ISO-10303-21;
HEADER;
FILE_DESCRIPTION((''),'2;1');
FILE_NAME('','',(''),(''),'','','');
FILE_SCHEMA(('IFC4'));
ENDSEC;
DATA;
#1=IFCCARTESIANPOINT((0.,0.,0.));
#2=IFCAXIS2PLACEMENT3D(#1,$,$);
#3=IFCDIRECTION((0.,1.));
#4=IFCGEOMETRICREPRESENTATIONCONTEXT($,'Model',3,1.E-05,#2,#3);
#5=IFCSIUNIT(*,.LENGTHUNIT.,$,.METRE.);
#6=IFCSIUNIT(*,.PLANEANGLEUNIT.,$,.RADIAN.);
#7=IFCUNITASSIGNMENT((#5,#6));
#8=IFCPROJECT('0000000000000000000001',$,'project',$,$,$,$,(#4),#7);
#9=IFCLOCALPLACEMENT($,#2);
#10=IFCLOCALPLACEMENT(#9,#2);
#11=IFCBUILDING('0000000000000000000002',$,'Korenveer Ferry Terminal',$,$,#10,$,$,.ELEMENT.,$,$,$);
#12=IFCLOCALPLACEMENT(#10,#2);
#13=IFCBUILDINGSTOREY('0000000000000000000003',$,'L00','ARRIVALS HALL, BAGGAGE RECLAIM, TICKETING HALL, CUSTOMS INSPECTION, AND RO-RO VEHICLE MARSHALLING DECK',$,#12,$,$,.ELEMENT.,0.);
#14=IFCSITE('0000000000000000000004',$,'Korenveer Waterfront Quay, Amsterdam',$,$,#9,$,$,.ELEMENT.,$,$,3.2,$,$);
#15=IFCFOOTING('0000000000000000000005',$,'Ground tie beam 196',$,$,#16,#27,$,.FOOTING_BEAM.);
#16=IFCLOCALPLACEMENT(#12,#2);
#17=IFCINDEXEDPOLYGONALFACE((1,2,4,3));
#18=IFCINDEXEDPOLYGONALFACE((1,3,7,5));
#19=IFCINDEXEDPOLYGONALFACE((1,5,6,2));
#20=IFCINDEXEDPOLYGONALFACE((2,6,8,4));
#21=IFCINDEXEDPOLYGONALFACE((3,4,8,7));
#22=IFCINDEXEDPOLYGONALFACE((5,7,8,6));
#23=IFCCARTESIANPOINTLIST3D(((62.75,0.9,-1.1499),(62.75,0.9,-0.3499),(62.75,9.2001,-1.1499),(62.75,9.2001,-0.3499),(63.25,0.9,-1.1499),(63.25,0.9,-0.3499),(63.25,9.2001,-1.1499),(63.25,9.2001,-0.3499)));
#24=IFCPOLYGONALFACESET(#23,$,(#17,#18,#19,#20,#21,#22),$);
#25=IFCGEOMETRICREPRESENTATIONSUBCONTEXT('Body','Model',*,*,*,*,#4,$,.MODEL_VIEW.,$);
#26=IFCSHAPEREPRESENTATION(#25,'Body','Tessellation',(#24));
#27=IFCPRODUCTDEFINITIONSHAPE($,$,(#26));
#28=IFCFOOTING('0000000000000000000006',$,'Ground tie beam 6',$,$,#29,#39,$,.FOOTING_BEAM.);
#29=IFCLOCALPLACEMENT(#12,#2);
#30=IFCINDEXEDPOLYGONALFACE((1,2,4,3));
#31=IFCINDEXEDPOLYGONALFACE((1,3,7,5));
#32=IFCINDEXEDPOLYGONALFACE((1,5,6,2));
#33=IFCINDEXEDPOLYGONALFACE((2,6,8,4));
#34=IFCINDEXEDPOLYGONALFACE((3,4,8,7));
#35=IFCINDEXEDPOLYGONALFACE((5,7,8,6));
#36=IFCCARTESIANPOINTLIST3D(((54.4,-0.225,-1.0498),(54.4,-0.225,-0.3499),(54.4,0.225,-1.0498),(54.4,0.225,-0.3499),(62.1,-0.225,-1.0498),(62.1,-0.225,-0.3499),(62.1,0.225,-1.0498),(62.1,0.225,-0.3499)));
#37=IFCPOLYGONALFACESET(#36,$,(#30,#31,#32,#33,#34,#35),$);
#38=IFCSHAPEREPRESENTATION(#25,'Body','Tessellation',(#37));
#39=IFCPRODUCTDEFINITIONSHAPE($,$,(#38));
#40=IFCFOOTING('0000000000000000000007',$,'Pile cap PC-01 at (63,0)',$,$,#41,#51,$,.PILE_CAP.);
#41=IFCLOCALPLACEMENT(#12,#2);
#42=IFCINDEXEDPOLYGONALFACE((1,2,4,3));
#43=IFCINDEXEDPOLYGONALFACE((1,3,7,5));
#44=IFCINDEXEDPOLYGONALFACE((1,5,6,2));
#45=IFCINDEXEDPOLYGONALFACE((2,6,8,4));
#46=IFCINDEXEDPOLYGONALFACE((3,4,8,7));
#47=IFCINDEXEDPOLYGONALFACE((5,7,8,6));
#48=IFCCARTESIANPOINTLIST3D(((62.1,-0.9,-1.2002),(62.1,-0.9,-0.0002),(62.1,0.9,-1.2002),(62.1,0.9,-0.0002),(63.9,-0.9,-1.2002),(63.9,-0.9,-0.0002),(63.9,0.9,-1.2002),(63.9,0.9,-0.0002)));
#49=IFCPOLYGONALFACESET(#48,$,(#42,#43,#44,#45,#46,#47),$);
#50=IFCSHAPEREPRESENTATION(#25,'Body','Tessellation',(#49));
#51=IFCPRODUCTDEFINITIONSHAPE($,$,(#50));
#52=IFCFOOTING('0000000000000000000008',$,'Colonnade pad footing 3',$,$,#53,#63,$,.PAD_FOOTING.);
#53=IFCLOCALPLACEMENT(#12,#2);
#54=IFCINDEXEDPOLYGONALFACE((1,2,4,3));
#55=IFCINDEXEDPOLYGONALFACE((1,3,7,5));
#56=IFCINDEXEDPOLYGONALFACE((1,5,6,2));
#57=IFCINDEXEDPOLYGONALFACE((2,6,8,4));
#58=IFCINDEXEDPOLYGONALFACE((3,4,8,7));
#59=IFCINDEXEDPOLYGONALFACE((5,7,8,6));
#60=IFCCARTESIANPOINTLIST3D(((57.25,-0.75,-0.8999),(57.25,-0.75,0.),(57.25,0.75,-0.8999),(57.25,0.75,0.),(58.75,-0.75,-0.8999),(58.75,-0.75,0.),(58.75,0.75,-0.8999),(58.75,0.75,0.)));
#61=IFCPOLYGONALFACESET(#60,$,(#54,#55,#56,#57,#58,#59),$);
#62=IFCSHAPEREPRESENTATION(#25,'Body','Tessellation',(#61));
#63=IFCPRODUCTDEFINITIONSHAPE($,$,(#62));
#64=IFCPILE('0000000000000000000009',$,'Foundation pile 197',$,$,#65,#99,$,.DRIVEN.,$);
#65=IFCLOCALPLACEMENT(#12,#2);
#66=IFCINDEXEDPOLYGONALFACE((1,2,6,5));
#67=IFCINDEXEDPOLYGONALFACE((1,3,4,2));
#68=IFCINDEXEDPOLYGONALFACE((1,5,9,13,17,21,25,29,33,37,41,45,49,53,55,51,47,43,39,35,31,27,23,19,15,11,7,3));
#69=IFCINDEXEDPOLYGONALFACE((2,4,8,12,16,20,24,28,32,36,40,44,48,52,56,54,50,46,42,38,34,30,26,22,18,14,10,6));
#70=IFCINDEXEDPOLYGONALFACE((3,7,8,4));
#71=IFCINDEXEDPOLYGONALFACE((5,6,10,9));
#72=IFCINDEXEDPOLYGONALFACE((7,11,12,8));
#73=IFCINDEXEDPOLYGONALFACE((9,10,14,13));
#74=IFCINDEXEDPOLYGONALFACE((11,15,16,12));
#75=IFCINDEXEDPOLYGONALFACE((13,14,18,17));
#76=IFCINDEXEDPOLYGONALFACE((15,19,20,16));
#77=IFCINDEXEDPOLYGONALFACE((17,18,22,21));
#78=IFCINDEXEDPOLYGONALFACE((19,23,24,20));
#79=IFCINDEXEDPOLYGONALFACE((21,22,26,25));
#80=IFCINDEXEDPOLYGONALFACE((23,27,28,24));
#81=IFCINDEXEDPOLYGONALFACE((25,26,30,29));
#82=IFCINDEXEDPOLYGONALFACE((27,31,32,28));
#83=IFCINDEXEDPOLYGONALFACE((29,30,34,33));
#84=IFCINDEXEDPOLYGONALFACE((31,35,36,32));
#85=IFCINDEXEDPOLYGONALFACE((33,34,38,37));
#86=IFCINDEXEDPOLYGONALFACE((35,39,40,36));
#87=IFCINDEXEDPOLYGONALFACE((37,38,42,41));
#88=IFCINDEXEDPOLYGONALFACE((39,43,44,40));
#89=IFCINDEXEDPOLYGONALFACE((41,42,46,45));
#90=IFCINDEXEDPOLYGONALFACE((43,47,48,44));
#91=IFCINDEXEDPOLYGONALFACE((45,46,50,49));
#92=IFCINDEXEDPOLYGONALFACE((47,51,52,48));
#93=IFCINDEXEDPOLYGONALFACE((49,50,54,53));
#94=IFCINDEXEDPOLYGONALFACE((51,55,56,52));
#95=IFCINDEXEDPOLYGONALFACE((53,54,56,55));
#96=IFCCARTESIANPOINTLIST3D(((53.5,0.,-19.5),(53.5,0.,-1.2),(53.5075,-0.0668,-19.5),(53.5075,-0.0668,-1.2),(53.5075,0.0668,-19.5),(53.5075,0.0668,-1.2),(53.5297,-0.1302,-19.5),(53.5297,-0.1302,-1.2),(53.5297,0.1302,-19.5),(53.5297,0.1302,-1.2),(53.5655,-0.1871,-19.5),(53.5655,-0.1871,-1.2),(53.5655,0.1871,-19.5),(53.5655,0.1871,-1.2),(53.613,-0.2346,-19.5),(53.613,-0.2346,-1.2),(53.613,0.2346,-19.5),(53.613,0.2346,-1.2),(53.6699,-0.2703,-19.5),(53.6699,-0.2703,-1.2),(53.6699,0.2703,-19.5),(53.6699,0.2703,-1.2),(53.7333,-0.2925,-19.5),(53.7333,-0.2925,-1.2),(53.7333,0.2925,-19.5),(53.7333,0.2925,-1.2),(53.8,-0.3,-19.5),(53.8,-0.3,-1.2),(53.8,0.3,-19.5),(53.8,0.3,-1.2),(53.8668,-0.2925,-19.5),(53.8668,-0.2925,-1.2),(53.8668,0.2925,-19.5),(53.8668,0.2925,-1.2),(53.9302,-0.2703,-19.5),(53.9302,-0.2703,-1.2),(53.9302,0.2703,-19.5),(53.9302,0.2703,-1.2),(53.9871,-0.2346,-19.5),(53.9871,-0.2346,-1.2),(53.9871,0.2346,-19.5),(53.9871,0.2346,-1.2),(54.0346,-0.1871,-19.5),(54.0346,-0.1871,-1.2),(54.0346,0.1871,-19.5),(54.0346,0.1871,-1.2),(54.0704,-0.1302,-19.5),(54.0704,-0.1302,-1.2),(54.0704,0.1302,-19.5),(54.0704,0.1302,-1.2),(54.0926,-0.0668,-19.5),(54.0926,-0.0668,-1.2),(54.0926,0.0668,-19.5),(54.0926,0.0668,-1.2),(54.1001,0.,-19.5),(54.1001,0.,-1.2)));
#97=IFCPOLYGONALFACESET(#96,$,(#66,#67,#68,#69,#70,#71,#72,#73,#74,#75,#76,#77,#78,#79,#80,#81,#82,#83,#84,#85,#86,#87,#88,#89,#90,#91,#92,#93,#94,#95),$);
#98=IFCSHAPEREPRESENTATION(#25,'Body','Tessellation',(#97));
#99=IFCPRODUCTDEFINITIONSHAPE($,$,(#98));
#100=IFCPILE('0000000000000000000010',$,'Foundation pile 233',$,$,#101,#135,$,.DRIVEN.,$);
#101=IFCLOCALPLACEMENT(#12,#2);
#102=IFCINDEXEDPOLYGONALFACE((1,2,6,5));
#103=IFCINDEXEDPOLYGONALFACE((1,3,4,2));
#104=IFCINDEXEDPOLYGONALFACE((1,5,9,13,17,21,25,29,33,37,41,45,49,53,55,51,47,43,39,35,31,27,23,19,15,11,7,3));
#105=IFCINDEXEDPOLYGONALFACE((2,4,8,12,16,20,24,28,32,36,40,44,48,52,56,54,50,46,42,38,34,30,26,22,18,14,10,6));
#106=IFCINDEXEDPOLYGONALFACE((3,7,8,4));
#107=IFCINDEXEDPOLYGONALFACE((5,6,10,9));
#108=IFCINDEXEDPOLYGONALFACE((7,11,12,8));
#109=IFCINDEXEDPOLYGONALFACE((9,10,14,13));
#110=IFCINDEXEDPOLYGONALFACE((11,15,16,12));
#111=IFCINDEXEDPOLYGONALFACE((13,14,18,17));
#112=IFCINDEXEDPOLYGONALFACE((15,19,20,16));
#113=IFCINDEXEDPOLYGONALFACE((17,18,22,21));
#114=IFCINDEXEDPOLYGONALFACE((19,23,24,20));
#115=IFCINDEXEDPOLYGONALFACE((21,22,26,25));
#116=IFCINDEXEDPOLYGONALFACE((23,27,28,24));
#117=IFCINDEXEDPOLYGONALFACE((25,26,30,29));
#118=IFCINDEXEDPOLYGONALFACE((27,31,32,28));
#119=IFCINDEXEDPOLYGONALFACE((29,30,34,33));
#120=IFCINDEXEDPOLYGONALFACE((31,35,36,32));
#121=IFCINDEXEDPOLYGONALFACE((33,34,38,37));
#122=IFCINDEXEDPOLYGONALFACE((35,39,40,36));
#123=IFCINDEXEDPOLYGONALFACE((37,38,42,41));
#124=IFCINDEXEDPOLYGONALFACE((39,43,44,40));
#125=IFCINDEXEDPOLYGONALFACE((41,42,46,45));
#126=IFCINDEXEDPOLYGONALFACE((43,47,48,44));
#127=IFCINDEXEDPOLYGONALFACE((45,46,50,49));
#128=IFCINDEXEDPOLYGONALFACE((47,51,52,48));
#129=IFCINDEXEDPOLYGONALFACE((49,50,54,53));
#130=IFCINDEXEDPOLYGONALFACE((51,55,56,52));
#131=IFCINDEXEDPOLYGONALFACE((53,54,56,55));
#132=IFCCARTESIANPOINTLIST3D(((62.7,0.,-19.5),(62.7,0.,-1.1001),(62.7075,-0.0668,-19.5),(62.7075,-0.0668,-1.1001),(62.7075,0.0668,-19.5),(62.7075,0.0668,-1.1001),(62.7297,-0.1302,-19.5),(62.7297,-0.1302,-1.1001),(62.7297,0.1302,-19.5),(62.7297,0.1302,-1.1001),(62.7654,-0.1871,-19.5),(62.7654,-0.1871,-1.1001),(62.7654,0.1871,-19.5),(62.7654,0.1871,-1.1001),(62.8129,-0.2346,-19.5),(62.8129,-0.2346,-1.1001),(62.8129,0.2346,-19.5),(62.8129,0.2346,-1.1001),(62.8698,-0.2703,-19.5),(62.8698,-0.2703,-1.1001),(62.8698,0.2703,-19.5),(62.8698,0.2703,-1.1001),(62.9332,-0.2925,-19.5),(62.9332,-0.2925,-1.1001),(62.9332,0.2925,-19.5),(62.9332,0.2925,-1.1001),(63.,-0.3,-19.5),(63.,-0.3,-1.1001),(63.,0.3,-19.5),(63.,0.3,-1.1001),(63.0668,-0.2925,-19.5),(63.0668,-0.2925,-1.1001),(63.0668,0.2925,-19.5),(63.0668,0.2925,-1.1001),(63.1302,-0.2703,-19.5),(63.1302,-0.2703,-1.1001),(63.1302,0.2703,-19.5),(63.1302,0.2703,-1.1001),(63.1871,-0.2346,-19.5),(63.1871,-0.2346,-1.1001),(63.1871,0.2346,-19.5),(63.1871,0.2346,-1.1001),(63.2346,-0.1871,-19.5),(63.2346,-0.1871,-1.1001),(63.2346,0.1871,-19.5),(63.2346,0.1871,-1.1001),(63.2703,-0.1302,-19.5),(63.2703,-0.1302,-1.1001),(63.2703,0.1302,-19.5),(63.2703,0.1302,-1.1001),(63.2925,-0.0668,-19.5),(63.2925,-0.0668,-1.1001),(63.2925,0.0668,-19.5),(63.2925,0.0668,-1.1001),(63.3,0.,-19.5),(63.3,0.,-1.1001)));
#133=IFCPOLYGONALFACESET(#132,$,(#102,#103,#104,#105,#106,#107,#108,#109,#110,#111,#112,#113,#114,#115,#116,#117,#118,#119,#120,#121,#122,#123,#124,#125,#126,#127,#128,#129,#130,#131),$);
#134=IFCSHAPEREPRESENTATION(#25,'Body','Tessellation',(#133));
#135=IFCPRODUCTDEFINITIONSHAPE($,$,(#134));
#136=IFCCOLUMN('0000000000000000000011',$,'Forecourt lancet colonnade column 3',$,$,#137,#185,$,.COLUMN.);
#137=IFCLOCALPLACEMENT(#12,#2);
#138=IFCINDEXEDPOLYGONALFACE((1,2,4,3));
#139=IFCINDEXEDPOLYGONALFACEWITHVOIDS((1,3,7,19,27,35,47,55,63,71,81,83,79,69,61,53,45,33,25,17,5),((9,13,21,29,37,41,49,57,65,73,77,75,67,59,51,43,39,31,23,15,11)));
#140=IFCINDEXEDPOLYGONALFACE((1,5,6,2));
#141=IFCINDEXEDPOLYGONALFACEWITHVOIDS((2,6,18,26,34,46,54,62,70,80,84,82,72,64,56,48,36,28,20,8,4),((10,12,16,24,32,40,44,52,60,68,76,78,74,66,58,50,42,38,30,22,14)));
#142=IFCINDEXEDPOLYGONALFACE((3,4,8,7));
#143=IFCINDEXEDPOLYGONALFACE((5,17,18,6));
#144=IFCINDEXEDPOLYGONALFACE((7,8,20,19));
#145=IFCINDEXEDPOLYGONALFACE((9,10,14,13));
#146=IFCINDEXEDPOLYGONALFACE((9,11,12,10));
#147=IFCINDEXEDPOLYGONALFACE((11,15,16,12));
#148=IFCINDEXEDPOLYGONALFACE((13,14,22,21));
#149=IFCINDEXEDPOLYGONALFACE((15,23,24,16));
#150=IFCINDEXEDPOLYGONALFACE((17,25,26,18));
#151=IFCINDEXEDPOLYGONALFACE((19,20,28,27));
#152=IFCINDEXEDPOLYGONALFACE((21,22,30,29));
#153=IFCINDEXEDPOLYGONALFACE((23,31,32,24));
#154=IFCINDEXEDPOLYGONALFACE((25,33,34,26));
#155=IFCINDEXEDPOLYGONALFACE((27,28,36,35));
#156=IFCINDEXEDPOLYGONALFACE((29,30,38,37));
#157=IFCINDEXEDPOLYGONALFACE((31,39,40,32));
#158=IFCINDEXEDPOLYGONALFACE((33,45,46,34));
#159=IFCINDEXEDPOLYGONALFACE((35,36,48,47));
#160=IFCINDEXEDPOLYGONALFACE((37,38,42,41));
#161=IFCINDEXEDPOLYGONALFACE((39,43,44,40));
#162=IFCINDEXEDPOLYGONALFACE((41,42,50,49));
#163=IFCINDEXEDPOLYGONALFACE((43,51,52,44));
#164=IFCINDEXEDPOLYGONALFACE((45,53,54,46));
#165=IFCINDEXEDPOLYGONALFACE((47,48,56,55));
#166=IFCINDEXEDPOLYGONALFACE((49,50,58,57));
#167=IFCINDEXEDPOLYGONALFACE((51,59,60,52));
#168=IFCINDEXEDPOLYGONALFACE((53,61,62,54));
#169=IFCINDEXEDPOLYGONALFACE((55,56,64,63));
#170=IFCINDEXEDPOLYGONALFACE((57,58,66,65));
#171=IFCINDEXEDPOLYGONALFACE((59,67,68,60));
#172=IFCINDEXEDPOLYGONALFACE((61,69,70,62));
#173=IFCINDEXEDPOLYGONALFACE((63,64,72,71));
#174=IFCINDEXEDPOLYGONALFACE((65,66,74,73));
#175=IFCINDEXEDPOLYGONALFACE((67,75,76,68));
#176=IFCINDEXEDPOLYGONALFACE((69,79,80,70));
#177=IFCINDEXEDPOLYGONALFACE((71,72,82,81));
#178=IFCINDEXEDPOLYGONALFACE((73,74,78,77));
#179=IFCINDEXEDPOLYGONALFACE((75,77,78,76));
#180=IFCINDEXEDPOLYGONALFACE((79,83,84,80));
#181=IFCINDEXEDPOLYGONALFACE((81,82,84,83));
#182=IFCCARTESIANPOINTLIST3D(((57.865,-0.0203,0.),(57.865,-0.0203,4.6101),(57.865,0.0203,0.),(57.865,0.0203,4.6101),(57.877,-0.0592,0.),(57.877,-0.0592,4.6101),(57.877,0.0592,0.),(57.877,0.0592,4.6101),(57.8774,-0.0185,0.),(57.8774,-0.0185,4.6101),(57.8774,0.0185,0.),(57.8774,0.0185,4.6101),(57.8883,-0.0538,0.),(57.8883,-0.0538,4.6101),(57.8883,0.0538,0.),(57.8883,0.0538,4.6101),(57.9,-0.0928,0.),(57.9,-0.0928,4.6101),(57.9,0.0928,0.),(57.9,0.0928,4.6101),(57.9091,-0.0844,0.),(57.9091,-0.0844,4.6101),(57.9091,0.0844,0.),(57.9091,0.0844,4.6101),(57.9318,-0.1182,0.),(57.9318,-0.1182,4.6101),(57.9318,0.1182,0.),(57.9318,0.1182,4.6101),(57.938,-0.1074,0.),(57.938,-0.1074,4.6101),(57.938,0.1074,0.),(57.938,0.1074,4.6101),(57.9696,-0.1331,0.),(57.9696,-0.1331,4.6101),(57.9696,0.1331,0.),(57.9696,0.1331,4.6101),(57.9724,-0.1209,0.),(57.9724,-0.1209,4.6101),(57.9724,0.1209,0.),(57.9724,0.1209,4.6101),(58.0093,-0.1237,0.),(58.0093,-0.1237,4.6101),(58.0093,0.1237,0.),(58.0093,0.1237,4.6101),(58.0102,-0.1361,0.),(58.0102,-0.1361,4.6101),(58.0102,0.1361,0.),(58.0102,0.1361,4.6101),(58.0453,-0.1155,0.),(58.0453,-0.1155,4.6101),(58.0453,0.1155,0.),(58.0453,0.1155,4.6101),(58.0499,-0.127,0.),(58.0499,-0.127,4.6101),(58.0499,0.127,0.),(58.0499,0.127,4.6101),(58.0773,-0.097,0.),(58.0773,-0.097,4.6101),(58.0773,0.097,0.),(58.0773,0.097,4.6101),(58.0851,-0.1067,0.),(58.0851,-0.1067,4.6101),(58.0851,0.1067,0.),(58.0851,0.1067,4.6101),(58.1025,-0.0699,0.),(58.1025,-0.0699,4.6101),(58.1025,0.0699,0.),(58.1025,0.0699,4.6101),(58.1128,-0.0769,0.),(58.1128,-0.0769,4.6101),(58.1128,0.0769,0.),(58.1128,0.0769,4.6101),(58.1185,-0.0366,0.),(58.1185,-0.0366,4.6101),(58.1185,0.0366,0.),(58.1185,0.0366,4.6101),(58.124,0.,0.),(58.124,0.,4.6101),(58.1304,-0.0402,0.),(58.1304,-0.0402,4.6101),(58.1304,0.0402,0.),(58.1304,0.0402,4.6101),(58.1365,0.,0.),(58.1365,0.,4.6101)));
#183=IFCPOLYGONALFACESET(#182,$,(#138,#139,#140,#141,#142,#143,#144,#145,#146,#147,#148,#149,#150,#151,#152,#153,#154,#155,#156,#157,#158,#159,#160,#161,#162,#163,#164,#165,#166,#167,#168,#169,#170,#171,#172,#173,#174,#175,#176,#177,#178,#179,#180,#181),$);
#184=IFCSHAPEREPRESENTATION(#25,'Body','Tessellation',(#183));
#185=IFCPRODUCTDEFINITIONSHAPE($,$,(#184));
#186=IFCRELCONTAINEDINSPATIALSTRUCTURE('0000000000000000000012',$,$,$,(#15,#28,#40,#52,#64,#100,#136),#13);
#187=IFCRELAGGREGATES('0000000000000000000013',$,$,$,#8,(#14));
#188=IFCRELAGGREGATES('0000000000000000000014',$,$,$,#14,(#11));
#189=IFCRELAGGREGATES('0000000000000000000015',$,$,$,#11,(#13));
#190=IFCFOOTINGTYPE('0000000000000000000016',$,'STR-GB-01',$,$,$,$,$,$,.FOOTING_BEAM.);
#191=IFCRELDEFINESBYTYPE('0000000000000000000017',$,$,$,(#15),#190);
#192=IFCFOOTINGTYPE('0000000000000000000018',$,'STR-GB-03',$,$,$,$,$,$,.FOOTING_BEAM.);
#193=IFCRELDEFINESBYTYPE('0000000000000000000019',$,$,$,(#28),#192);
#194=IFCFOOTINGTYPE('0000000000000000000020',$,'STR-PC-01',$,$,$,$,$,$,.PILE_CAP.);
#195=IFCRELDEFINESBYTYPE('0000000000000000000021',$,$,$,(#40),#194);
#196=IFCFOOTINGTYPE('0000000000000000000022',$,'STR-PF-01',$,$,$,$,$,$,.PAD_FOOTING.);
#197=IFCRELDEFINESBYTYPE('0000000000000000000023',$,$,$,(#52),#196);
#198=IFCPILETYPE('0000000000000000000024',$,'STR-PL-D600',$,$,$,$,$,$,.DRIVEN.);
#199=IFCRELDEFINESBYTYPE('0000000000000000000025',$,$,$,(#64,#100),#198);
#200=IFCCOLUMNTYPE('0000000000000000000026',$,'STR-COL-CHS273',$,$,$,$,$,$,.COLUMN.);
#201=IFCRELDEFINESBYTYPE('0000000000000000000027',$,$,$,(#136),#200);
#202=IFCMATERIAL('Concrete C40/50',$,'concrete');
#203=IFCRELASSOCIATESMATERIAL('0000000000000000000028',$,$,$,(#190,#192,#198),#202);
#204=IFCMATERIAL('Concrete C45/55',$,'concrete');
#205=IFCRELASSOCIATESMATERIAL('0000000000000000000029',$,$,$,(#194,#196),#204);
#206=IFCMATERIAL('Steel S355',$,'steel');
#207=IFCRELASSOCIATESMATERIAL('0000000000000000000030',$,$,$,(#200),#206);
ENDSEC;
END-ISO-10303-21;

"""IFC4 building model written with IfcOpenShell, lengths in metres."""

from ifc_helpers import new_model, si_unit, direction, frame, origin, origin_2d, place, context, subcontext, project, spatial, rectangle, circle, hollow_circle, extrude, material, material_profile, profile_set, type_object, element, save


model = new_model("IFC4")

# Units and contexts
model_context = context("Model", 3, precision=1e-05, world=origin(), true_north=direction((0.0, 1.0)))
body_context = subcontext(model_context, "Body", "Model", "MODEL_VIEW")
ifc_project = project(units=[si_unit("LENGTHUNIT", "METRE"), si_unit("PLANEANGLEUNIT", "RADIAN")], contexts=[model_context])

# Site, building, storey
site_placement = place(None, origin())
site = spatial("IfcSite", under=ifc_project, at=site_placement, Name="Korenveer Waterfront Quay, Amsterdam", CompositionType="ELEMENT", RefElevation=3.2)
building_placement = place(site_placement, origin())
building = spatial("IfcBuilding", under=site, at=building_placement, Name="Korenveer Ferry Terminal", CompositionType="ELEMENT")
storey_placement = place(building_placement, origin())
storey = spatial("IfcBuildingStorey", under=building, at=storey_placement, Name="L00", Description="ARRIVALS HALL, BAGGAGE RECLAIM, TICKETING HALL, CUSTOMS INSPECTION, AND RO-RO VEHICLE MARSHALLING DECK", CompositionType="ELEMENT", Elevation=0.0)

# Footings
ifc_material_1 = material(Name="Concrete C40/50", Category="concrete")
footing_type_1 = type_object("IfcFootingType", Name="STR-GB-01", PredefinedType="FOOTING_BEAM", material=ifc_material_1)
footing_1_placement = place(storey_placement, frame((63.0, 5.05, -1.1499), z_axis=(0.0, 0.0, 1.0), x_axis=(1.0, 0.0, 0.0)))
element("IfcFooting", 1, at=footing_1_placement, inside=storey, type_object=footing_type_1, Name="Ground tie beam 196", PredefinedType="FOOTING_BEAM", context=body_context, shape_type="SweptSolid", body=[
    extrude(rectangle(XDim=0.5, YDim=8.3, at=origin_2d()), origin(), (0.0, 0.0, 1.0), 0.8),
])
footing_type_2 = type_object("IfcFootingType", Name="STR-GB-03", PredefinedType="FOOTING_BEAM", material=ifc_material_1)
footing_2_placement = place(storey_placement, frame((58.25, 0.0, -1.0498), z_axis=(0.0, 0.0, 1.0), x_axis=(1.0, 0.0, 0.0)))
element("IfcFooting", 2, at=footing_2_placement, inside=storey, type_object=footing_type_2, Name="Ground tie beam 6", PredefinedType="FOOTING_BEAM", context=body_context, shape_type="SweptSolid", body=[
    extrude(rectangle(XDim=7.7, YDim=0.45, at=origin_2d()), origin(), (0.0, 0.0, 1.0), 0.7),
])
ifc_material_2 = material(Name="Concrete C45/55", Category="concrete")
footing_type_3 = type_object("IfcFootingType", Name="STR-PC-01", PredefinedType="PILE_CAP", material=ifc_material_2)
footing_3_placement = place(storey_placement, frame((63.0, 0.0, -1.2002), z_axis=(0.0, 0.0, 1.0), x_axis=(1.0, 0.0, 0.0)))
element("IfcFooting", 3, at=footing_3_placement, inside=storey, type_object=footing_type_3, Name="Pile cap PC-01 at (63,0)", PredefinedType="PILE_CAP", context=body_context, shape_type="SweptSolid", body=[
    extrude(rectangle(XDim=1.8, YDim=1.8, at=origin_2d()), origin(), (0.0, 0.0, 1.0), 1.2),
])
footing_type_4 = type_object("IfcFootingType", Name="STR-PF-01", PredefinedType="PAD_FOOTING", material=ifc_material_2)
footing_4_placement = place(storey_placement, frame((58.0, 0.0, -0.8999), z_axis=(0.0, 0.0, 1.0), x_axis=(1.0, 0.0, 0.0)))
element("IfcFooting", 4, at=footing_4_placement, inside=storey, type_object=footing_type_4, Name="Colonnade pad footing 3", PredefinedType="PAD_FOOTING", context=body_context, shape_type="SweptSolid", body=[
    extrude(rectangle(XDim=1.5, YDim=1.5, at=origin_2d()), origin(), (0.0, 0.0, 1.0), 0.8999),
])

# Piles
ifc_material_profile_1 = material_profile(ifc_material_1, circle(Radius=0.3, at=origin_2d()), Name="PILE D600")
ifc_profile_set_1 = profile_set([ifc_material_profile_1], Name="Concrete C40/50")
pile_type = type_object("IfcPileType", Name="STR-PL-D600", PredefinedType="DRIVEN", material=ifc_profile_set_1)
pile_1_placement = place(storey_placement, frame((53.8, 0.0, -1.2), z_axis=(0.0, 0.0, -1.0), x_axis=(1.0, 0.0, 0.0)))
element("IfcPile", 5, at=pile_1_placement, inside=storey, type_object=pile_type, Name="Foundation pile 197", PredefinedType="DRIVEN", context=body_context, shape_type="SweptSolid", body=[
    extrude(circle(Radius=0.3, at=origin_2d()), origin(), (0.0, 0.0, 1.0), 18.3),
])
pile_2_placement = place(storey_placement, frame((63.0, 0.0, -1.1001), z_axis=(0.0, 0.0, -1.0), x_axis=(1.0, 0.0, 0.0)))
element("IfcPile", 6, at=pile_2_placement, inside=storey, type_object=pile_type, Name="Foundation pile 233", PredefinedType="DRIVEN", context=body_context, shape_type="SweptSolid", body=[
    extrude(circle(Radius=0.3, at=origin_2d()), origin(), (0.0, 0.0, 1.0), 18.3999),
])

# Column
ifc_material_3 = material(Name="Steel S355", Category="steel")
ifc_material_profile_2 = material_profile(ifc_material_3, hollow_circle(Radius=0.1365, WallThickness=0.0125, at=origin_2d()), Name="CHS 273x12.5")
ifc_profile_set_2 = profile_set([ifc_material_profile_2], Name="Steel S355")
column_type_1 = type_object("IfcColumnType", Name="STR-COL-CHS273", PredefinedType="COLUMN", material=ifc_profile_set_2)
column_1_placement = place(storey_placement, frame((58.0, 0.0, 0.0), z_axis=(0.0, 0.0, 1.0), x_axis=(1.0, 0.0, 0.0)))
element("IfcColumn", 7, at=column_1_placement, inside=storey, type_object=column_type_1, Name="Forecourt lancet colonnade column 3", PredefinedType="COLUMN", context=body_context, shape_type="SweptSolid", body=[
    extrude(hollow_circle(Radius=0.1365, WallThickness=0.0125, at=origin_2d()), origin(), (0.0, 0.0, 1.0), 4.6101),
])

save(model, "model.ifc")
